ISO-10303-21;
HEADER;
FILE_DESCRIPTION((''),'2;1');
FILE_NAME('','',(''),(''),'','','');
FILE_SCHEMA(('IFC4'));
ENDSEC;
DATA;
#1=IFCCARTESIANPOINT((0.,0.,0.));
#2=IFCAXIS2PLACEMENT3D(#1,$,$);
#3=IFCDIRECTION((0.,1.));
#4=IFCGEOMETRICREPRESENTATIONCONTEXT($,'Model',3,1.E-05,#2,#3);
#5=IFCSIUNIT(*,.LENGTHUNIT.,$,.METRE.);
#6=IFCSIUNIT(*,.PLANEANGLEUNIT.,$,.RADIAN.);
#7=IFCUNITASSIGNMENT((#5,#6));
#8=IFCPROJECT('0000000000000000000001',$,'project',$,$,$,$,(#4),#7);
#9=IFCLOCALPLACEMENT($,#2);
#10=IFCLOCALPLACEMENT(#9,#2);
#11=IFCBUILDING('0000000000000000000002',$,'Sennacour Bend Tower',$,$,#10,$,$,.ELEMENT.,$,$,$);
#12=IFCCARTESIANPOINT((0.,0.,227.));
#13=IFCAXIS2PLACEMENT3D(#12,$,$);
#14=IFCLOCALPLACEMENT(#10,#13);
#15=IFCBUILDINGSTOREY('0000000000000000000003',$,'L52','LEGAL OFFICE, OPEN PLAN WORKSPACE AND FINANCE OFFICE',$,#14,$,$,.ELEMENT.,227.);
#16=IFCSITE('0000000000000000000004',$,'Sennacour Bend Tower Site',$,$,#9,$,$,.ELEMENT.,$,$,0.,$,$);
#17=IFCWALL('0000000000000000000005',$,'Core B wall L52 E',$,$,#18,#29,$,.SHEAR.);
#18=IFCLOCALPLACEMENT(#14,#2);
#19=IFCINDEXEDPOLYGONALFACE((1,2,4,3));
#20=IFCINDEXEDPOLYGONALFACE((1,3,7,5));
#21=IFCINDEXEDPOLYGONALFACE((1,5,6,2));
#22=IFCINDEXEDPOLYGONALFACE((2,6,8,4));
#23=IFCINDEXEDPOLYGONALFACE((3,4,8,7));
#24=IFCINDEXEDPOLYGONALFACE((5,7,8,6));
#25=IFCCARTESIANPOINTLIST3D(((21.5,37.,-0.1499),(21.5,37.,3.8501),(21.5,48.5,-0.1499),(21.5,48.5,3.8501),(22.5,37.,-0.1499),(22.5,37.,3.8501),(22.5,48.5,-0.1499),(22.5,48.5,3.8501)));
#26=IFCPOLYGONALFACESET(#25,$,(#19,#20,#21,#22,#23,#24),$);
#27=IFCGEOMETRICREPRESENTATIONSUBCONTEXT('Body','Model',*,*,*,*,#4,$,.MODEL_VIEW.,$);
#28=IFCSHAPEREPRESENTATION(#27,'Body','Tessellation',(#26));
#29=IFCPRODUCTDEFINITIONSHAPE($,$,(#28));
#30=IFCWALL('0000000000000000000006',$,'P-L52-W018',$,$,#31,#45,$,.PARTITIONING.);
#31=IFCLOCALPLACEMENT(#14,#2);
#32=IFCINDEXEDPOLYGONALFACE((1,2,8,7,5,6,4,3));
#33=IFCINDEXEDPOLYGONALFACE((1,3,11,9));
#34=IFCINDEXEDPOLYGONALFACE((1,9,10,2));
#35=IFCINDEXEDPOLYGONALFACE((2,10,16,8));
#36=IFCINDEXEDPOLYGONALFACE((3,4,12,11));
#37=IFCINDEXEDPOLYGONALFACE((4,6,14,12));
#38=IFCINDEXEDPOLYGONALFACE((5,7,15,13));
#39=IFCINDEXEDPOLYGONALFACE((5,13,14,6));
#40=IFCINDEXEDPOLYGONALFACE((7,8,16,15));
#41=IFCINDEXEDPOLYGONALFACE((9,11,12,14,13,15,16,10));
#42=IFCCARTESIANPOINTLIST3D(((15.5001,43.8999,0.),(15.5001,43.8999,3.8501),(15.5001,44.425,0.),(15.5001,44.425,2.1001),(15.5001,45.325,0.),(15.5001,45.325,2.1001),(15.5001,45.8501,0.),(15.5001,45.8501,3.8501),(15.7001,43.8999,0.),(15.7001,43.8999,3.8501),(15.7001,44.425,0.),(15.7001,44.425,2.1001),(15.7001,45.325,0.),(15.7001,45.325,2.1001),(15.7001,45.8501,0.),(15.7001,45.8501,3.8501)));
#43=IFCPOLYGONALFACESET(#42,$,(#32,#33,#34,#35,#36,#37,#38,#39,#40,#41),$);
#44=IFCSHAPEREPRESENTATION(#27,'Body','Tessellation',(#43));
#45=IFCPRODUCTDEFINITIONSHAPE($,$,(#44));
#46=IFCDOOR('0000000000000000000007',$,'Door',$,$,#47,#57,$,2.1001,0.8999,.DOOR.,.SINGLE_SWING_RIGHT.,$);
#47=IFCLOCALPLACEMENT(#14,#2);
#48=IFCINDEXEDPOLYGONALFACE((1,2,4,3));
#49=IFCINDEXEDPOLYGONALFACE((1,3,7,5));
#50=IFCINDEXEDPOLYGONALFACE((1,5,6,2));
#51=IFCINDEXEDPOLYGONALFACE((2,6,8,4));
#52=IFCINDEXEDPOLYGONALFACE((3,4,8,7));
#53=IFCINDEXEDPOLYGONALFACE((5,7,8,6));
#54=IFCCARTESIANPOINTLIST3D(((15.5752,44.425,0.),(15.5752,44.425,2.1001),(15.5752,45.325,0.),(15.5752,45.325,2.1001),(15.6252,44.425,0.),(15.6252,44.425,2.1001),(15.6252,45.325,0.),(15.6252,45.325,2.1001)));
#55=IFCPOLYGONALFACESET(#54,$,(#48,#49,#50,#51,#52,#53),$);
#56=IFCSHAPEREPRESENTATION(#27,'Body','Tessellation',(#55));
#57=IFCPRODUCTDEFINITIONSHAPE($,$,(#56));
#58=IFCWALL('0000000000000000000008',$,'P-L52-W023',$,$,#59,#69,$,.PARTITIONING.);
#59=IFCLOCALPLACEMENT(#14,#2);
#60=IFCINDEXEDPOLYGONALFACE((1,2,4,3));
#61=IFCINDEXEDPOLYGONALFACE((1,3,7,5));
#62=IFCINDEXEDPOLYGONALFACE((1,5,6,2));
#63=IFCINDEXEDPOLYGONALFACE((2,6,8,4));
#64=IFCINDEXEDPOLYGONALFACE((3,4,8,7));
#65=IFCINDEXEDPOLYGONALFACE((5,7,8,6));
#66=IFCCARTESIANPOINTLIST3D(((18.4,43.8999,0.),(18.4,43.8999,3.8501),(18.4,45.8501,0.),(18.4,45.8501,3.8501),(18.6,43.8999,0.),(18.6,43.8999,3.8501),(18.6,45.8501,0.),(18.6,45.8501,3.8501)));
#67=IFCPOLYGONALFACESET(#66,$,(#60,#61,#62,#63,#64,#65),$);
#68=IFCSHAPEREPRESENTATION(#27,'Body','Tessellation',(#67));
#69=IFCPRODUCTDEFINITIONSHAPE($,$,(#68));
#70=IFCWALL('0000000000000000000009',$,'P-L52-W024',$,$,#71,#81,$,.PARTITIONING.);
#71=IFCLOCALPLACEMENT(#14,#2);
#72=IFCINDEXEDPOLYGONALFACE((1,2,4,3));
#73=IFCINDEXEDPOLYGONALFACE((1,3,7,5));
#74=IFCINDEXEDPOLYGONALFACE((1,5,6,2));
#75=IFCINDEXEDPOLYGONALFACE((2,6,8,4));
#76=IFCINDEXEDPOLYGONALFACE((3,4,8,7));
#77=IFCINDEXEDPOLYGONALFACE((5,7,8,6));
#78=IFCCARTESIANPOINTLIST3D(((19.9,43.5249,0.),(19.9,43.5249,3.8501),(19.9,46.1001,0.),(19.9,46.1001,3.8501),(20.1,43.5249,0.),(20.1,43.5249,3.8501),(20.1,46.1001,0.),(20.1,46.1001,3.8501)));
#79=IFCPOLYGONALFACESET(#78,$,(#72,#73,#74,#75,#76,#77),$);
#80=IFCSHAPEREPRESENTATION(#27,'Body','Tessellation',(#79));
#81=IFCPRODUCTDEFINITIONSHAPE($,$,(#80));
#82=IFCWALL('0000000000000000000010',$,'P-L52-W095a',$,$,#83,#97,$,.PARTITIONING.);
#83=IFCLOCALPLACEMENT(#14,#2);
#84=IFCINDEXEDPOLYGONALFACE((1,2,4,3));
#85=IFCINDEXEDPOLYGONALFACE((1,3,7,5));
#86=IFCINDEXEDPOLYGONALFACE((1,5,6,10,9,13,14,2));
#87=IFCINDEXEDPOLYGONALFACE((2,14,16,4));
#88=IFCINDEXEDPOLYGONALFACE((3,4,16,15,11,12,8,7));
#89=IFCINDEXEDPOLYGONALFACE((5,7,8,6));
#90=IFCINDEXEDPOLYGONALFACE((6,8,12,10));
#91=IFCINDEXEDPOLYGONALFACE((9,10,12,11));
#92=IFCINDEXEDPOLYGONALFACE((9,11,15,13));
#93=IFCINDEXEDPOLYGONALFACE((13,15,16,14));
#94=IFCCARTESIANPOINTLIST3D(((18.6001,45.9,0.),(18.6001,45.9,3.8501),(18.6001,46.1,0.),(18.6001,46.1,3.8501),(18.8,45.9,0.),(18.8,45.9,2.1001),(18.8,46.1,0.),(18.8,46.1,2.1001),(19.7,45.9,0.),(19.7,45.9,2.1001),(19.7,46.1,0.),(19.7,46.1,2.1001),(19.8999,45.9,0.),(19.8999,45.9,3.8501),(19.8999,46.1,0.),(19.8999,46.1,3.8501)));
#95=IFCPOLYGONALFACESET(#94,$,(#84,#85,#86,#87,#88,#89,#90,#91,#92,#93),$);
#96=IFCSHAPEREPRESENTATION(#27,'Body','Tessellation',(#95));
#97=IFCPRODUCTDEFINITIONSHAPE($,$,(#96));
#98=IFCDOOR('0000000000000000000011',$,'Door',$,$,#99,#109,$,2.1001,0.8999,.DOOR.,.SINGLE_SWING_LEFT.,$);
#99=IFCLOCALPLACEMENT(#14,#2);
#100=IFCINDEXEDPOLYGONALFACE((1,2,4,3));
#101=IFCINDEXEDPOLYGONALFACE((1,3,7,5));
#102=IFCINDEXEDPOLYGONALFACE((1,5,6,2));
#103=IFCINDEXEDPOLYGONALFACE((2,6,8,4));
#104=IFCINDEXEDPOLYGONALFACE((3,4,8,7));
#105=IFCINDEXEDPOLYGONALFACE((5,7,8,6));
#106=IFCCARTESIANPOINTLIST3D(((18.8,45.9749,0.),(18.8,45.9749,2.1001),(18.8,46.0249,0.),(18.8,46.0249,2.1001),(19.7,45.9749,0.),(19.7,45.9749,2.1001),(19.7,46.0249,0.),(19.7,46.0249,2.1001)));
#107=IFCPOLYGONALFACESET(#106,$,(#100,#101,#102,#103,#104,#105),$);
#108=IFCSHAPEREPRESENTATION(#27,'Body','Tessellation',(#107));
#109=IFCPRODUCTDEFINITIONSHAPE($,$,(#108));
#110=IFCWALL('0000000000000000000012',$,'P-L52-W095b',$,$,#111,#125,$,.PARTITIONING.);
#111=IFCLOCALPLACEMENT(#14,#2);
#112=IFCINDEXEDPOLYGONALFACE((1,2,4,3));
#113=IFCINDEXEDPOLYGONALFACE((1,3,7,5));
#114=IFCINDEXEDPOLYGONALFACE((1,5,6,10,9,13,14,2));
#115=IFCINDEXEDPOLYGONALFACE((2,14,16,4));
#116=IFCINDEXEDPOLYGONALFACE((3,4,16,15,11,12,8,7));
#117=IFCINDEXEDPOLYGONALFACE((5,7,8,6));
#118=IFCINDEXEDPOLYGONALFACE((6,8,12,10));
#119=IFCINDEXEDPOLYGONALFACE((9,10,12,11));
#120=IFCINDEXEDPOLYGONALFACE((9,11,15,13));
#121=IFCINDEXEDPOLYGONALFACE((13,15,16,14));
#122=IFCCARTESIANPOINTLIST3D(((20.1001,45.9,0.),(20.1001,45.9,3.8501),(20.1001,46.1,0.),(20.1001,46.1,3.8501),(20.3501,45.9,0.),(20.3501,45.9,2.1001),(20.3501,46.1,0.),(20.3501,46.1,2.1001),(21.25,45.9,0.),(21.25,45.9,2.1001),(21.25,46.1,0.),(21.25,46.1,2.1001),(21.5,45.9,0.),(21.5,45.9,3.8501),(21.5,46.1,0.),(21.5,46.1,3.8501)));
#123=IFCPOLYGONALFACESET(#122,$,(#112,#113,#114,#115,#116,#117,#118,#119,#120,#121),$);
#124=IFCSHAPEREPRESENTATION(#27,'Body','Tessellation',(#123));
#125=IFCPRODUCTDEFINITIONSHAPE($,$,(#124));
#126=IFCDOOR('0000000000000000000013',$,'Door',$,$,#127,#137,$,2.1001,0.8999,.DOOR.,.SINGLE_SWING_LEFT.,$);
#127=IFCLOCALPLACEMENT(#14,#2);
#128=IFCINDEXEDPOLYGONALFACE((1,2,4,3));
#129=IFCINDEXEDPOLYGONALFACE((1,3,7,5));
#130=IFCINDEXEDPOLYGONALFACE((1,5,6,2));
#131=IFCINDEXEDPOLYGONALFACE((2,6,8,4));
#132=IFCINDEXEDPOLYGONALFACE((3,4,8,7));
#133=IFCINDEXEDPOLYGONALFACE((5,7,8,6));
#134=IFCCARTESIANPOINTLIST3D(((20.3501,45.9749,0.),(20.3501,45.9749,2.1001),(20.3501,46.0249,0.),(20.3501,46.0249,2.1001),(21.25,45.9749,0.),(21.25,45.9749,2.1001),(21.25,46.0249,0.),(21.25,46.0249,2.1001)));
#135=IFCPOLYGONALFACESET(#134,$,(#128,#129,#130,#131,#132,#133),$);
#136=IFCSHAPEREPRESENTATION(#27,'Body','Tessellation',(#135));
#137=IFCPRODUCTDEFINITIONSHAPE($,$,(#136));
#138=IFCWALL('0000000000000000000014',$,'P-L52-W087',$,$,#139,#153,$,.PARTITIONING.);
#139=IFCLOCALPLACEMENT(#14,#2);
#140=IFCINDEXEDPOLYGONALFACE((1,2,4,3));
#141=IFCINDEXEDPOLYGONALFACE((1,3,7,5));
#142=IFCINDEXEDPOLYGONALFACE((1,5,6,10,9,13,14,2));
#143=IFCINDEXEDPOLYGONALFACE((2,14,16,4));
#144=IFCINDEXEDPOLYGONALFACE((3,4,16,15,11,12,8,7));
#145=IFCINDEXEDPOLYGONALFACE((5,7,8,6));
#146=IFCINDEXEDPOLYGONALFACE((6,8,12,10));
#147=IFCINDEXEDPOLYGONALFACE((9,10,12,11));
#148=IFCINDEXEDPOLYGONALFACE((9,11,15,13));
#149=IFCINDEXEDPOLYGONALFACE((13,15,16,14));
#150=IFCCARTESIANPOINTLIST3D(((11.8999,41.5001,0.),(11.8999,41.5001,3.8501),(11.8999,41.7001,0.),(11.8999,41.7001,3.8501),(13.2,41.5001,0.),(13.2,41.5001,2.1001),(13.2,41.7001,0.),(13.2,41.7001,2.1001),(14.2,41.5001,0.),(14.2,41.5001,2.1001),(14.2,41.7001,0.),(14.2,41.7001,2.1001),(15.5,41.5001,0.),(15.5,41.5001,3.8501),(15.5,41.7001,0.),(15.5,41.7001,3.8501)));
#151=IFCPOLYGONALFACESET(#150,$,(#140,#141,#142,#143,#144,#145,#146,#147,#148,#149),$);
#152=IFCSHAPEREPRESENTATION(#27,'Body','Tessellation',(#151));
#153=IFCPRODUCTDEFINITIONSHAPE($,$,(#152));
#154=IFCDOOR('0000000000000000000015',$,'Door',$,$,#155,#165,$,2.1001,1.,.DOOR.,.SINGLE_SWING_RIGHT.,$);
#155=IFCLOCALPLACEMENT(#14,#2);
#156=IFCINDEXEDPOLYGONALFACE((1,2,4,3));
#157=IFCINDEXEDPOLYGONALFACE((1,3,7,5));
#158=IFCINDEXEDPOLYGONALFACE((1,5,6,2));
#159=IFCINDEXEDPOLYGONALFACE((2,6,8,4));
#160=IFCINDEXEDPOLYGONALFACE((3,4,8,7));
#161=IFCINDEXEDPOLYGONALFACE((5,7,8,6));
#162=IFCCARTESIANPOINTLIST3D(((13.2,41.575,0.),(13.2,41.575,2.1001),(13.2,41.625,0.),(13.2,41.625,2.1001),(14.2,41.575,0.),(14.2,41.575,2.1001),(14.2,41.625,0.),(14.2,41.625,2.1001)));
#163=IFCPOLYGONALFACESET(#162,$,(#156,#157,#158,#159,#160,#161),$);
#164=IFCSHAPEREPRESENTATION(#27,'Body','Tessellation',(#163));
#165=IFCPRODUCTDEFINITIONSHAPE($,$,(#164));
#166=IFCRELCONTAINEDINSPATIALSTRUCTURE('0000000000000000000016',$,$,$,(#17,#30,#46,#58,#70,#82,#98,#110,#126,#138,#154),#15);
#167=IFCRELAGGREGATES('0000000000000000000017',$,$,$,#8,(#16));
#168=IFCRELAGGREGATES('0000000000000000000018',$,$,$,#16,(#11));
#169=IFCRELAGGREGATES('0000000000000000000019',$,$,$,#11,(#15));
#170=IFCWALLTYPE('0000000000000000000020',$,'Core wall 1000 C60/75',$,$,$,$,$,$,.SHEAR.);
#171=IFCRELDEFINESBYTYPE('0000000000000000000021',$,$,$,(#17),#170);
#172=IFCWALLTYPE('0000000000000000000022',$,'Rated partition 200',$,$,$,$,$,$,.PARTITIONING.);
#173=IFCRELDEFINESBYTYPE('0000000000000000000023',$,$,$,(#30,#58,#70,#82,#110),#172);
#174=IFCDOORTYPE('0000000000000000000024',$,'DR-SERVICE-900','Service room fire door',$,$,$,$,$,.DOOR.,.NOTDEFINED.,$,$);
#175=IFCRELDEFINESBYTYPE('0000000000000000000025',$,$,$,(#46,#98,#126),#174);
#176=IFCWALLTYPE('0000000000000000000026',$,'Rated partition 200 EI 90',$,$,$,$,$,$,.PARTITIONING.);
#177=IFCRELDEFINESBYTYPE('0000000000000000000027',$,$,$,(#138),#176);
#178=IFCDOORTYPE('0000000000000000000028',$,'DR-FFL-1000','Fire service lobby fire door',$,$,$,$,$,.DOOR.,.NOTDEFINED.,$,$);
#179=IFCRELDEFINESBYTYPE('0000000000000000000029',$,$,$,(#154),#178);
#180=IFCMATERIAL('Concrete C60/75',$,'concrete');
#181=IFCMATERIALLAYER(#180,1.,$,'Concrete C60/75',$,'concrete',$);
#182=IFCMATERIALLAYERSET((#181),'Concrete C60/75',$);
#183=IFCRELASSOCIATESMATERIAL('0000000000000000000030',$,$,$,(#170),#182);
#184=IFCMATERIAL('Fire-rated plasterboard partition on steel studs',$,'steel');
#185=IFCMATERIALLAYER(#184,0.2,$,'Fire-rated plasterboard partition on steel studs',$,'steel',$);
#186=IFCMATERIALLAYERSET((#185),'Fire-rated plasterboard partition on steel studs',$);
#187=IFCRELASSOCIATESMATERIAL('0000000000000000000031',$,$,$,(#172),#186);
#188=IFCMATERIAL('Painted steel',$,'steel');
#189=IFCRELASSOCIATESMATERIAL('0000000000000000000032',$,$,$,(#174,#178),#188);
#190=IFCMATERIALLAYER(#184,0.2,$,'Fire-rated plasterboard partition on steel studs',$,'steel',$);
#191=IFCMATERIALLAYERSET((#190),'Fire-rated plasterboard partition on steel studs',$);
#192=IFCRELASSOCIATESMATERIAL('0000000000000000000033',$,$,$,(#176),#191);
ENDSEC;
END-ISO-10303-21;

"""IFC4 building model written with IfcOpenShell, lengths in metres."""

from ifc_helpers import new_model, si_unit, direction, frame, frame_2d, origin, place, context, subcontext, project, spatial, rectangle, extrude, material, layer, layer_set, type_object, element, fill, save


model = new_model("IFC4")

# Units and contexts
model_context = context("Model", 3, precision=1e-05, world=origin(), true_north=direction((0.0, 1.0)))
body_context = subcontext(model_context, "Body", "Model", "MODEL_VIEW")
ifc_project = project(units=[si_unit("LENGTHUNIT", "METRE"), si_unit("PLANEANGLEUNIT", "RADIAN")], contexts=[model_context])

# Site, building, storey
site_placement = place(None, origin())
site = spatial("IfcSite", under=ifc_project, at=site_placement, Name="Sennacour Bend Tower Site", CompositionType="ELEMENT", RefElevation=0.0)
building_placement = place(site_placement, origin())
building = spatial("IfcBuilding", under=site, at=building_placement, Name="Sennacour Bend Tower", CompositionType="ELEMENT")
storey_placement = place(building_placement, frame((0.0, 0.0, 227.0)))
storey = spatial("IfcBuildingStorey", under=building, at=storey_placement, Name="L52", Description="LEGAL OFFICE, OPEN PLAN WORKSPACE AND FINANCE OFFICE", CompositionType="ELEMENT", Elevation=227.0)

# Wall
ifc_material_1 = material(Name="Concrete C60/75", Category="concrete")
ifc_layer_1 = layer(ifc_material_1, 1.0, Name="Concrete C60/75", Category="concrete")
ifc_layer_set_1 = layer_set([ifc_layer_1], Name="Concrete C60/75")
wall_type_1 = type_object("IfcWallType", Name="Core wall 1000 C60/75", PredefinedType="SHEAR", material=ifc_layer_set_1)
wall_1_placement = place(storey_placement, frame((22.0, 37.0, -0.1499), z_axis=(0.0, 0.0, 1.0), x_axis=(0.0, 1.0, 0.0)))
element("IfcWall", 1, at=wall_1_placement, inside=storey, type_object=wall_type_1, Name="Core B wall L52 E", PredefinedType="SHEAR", context=body_context, shape_type="SweptSolid", body=[
    extrude(rectangle(XDim=11.5, YDim=1.0, at=frame_2d((5.75, 0.0))), origin(), (0.0, 0.0, 1.0), 4.0),
])

# Wall, opening, door
ifc_material_2 = material(Name="Fire-rated plasterboard partition on steel studs", Category="steel")
ifc_layer_2 = layer(ifc_material_2, 0.2, Name="Fire-rated plasterboard partition on steel studs", Category="steel")
ifc_layer_set_2 = layer_set([ifc_layer_2], Name="Fire-rated plasterboard partition on steel studs")
wall_type_2 = type_object("IfcWallType", Name="Rated partition 200", PredefinedType="PARTITIONING", material=ifc_layer_set_2)
wall_2_placement = place(storey_placement, frame((15.6001, 43.8999, 0.0), z_axis=(0.0, 0.0, 1.0), x_axis=(0.0, 1.0, 0.0)))
wall_2 = element("IfcWall", 2, at=wall_2_placement, inside=storey, type_object=wall_type_2, Name="P-L52-W018", PredefinedType="PARTITIONING", context=body_context, shape_type="SweptSolid", body=[
    extrude(rectangle(XDim=1.9502, YDim=0.2, at=frame_2d((0.9751, 0.0))), origin(), (0.0, 0.0, 1.0), 3.8501),
])
opening_1_placement = place(wall_2_placement, frame((0.5251, 0.0, 0.0)))
opening_1 = element("IfcOpeningElement", 3, at=opening_1_placement, cuts=wall_2, PredefinedType="OPENING", context=body_context, shape_type="SweptSolid", body=[
    extrude(rectangle(XDim=0.8999, YDim=2.1001, at=frame_2d((0.45, 1.05))), frame((0.0, 0.1099, 0.0), z_axis=(0.0, -1.0, 0.0), x_axis=(1.0, 0.0, 0.0)), (0.0, 0.0, 1.0), 0.22),
])
ifc_material_3 = material(Name="Painted steel", Category="steel")
door_type_1 = type_object("IfcDoorType", Name="DR-SERVICE-900", Description="Service room fire door", OperationType="NOTDEFINED", PredefinedType="DOOR", material=ifc_material_3)
door_1_placement = place(opening_1_placement, origin())
door_1 = element("IfcDoor", 4, at=door_1_placement, inside=storey, type_object=door_type_1, Name="Door", OperationType="SINGLE_SWING_RIGHT", OverallHeight=2.1001, OverallWidth=0.8999, PredefinedType="DOOR", context=body_context, shape_type="SweptSolid", body=[
    extrude(rectangle(XDim=0.8999, YDim=2.1001, at=frame_2d((0.45, 1.05))), frame((0.0, 0.0249, 0.0), z_axis=(0.0, -1.0, 0.0), x_axis=(1.0, 0.0, 0.0)), (0.0, 0.0, 1.0), 0.05),
])
fill(opening_1, door_1)

# Walls
wall_3_placement = place(storey_placement, frame((18.5, 43.8999, 0.0), z_axis=(0.0, 0.0, 1.0), x_axis=(0.0, 1.0, 0.0)))
element("IfcWall", 5, at=wall_3_placement, inside=storey, type_object=wall_type_2, Name="P-L52-W023", PredefinedType="PARTITIONING", context=body_context, shape_type="SweptSolid", body=[
    extrude(rectangle(XDim=1.9502, YDim=0.2, at=frame_2d((0.9751, 0.0))), origin(), (0.0, 0.0, 1.0), 3.8501),
])
wall_4_placement = place(storey_placement, frame((20.0, 43.5249, 0.0), z_axis=(0.0, 0.0, 1.0), x_axis=(0.0, 1.0, 0.0)))
element("IfcWall", 6, at=wall_4_placement, inside=storey, type_object=wall_type_2, Name="P-L52-W024", PredefinedType="PARTITIONING", context=body_context, shape_type="SweptSolid", body=[
    extrude(rectangle(XDim=2.5752, YDim=0.2, at=frame_2d((1.2876, 0.0))), origin(), (0.0, 0.0, 1.0), 3.8501),
])

# Walls, openings, doors
wall_5_placement = place(storey_placement, frame((18.6001, 46.0, 0.0), z_axis=(0.0, 0.0, 1.0), x_axis=(1.0, 0.0, 0.0)))
wall_5 = element("IfcWall", 7, at=wall_5_placement, inside=storey, type_object=wall_type_2, Name="P-L52-W095a", PredefinedType="PARTITIONING", context=body_context, shape_type="SweptSolid", body=[
    extrude(rectangle(XDim=1.2998, YDim=0.2, at=frame_2d((0.6499, 0.0))), origin(), (0.0, 0.0, 1.0), 3.8501),
])
opening_2_placement = place(wall_5_placement, frame((0.2, 0.0, 0.0)))
opening_2 = element("IfcOpeningElement", 8, at=opening_2_placement, cuts=wall_5, PredefinedType="OPENING", context=body_context, shape_type="SweptSolid", body=[
    extrude(rectangle(XDim=0.8999, YDim=2.1001, at=frame_2d((0.45, 1.05))), frame((0.0, 0.1099, 0.0), z_axis=(0.0, -1.0, 0.0), x_axis=(1.0, 0.0, 0.0)), (0.0, 0.0, 1.0), 0.22),
])
door_2_placement = place(opening_2_placement, origin())
door_2 = element("IfcDoor", 9, at=door_2_placement, inside=storey, type_object=door_type_1, Name="Door", OperationType="SINGLE_SWING_LEFT", OverallHeight=2.1001, OverallWidth=0.8999, PredefinedType="DOOR", context=body_context, shape_type="SweptSolid", body=[
    extrude(rectangle(XDim=0.8999, YDim=2.1001, at=frame_2d((0.45, 1.05))), frame((0.0, 0.0249, 0.0), z_axis=(0.0, -1.0, 0.0), x_axis=(1.0, 0.0, 0.0)), (0.0, 0.0, 1.0), 0.05),
])
fill(opening_2, door_2)
wall_6_placement = place(storey_placement, frame((20.1001, 46.0, 0.0), z_axis=(0.0, 0.0, 1.0), x_axis=(1.0, 0.0, 0.0)))
wall_6 = element("IfcWall", 10, at=wall_6_placement, inside=storey, type_object=wall_type_2, Name="P-L52-W095b", PredefinedType="PARTITIONING", context=body_context, shape_type="SweptSolid", body=[
    extrude(rectangle(XDim=1.3999, YDim=0.2, at=frame_2d((0.7, 0.0))), origin(), (0.0, 0.0, 1.0), 3.8501),
])
opening_3_placement = place(wall_6_placement, frame((0.25, 0.0, 0.0)))
opening_3 = element("IfcOpeningElement", 11, at=opening_3_placement, cuts=wall_6, PredefinedType="OPENING", context=body_context, shape_type="SweptSolid", body=[
    extrude(rectangle(XDim=0.8999, YDim=2.1001, at=frame_2d((0.45, 1.05))), frame((0.0, 0.1099, 0.0), z_axis=(0.0, -1.0, 0.0), x_axis=(1.0, 0.0, 0.0)), (0.0, 0.0, 1.0), 0.22),
])
door_3_placement = place(opening_3_placement, origin())
door_3 = element("IfcDoor", 12, at=door_3_placement, inside=storey, type_object=door_type_1, Name="Door", OperationType="SINGLE_SWING_LEFT", OverallHeight=2.1001, OverallWidth=0.8999, PredefinedType="DOOR", context=body_context, shape_type="SweptSolid", body=[
    extrude(rectangle(XDim=0.8999, YDim=2.1001, at=frame_2d((0.45, 1.05))), frame((0.0, 0.0249, 0.0), z_axis=(0.0, -1.0, 0.0), x_axis=(1.0, 0.0, 0.0)), (0.0, 0.0, 1.0), 0.05),
])
fill(opening_3, door_3)
ifc_layer_3 = layer(ifc_material_2, 0.2, Name="Fire-rated plasterboard partition on steel studs", Category="steel")
ifc_layer_set_3 = layer_set([ifc_layer_3], Name="Fire-rated plasterboard partition on steel studs")
wall_type_3 = type_object("IfcWallType", Name="Rated partition 200 EI 90", PredefinedType="PARTITIONING", material=ifc_layer_set_3)
wall_7_placement = place(storey_placement, frame((11.8999, 41.6001, 0.0), z_axis=(0.0, 0.0, 1.0), x_axis=(1.0, 0.0, 0.0)))
wall_7 = element("IfcWall", 13, at=wall_7_placement, inside=storey, type_object=wall_type_3, Name="P-L52-W087", PredefinedType="PARTITIONING", context=body_context, shape_type="SweptSolid", body=[
    extrude(rectangle(XDim=3.6001, YDim=0.2, at=frame_2d((1.8, 0.0))), origin(), (0.0, 0.0, 1.0), 3.8501),
])
opening_4_placement = place(wall_7_placement, frame((1.3, 0.0, 0.0)))
opening_4 = element("IfcOpeningElement", 14, at=opening_4_placement, cuts=wall_7, PredefinedType="OPENING", context=body_context, shape_type="SweptSolid", body=[
    extrude(rectangle(XDim=1.0, YDim=2.1001, at=frame_2d((0.5, 1.05))), frame((0.0, 0.1099, 0.0), z_axis=(0.0, -1.0, 0.0), x_axis=(1.0, 0.0, 0.0)), (0.0, 0.0, 1.0), 0.22),
])
door_type_2 = type_object("IfcDoorType", Name="DR-FFL-1000", Description="Fire service lobby fire door", OperationType="NOTDEFINED", PredefinedType="DOOR", material=ifc_material_3)
door_4_placement = place(opening_4_placement, origin())
door_4 = element("IfcDoor", 15, at=door_4_placement, inside=storey, type_object=door_type_2, Name="Door", OperationType="SINGLE_SWING_RIGHT", OverallHeight=2.1001, OverallWidth=1.0, PredefinedType="DOOR", context=body_context, shape_type="SweptSolid", body=[
    extrude(rectangle(XDim=1.0, YDim=2.1001, at=frame_2d((0.5, 1.05))), frame((0.0, 0.0249, 0.0), z_axis=(0.0, -1.0, 0.0), x_axis=(1.0, 0.0, 0.0)), (0.0, 0.0, 1.0), 0.05),
])
fill(opening_4, door_4)

save(model, "model.ifc")
